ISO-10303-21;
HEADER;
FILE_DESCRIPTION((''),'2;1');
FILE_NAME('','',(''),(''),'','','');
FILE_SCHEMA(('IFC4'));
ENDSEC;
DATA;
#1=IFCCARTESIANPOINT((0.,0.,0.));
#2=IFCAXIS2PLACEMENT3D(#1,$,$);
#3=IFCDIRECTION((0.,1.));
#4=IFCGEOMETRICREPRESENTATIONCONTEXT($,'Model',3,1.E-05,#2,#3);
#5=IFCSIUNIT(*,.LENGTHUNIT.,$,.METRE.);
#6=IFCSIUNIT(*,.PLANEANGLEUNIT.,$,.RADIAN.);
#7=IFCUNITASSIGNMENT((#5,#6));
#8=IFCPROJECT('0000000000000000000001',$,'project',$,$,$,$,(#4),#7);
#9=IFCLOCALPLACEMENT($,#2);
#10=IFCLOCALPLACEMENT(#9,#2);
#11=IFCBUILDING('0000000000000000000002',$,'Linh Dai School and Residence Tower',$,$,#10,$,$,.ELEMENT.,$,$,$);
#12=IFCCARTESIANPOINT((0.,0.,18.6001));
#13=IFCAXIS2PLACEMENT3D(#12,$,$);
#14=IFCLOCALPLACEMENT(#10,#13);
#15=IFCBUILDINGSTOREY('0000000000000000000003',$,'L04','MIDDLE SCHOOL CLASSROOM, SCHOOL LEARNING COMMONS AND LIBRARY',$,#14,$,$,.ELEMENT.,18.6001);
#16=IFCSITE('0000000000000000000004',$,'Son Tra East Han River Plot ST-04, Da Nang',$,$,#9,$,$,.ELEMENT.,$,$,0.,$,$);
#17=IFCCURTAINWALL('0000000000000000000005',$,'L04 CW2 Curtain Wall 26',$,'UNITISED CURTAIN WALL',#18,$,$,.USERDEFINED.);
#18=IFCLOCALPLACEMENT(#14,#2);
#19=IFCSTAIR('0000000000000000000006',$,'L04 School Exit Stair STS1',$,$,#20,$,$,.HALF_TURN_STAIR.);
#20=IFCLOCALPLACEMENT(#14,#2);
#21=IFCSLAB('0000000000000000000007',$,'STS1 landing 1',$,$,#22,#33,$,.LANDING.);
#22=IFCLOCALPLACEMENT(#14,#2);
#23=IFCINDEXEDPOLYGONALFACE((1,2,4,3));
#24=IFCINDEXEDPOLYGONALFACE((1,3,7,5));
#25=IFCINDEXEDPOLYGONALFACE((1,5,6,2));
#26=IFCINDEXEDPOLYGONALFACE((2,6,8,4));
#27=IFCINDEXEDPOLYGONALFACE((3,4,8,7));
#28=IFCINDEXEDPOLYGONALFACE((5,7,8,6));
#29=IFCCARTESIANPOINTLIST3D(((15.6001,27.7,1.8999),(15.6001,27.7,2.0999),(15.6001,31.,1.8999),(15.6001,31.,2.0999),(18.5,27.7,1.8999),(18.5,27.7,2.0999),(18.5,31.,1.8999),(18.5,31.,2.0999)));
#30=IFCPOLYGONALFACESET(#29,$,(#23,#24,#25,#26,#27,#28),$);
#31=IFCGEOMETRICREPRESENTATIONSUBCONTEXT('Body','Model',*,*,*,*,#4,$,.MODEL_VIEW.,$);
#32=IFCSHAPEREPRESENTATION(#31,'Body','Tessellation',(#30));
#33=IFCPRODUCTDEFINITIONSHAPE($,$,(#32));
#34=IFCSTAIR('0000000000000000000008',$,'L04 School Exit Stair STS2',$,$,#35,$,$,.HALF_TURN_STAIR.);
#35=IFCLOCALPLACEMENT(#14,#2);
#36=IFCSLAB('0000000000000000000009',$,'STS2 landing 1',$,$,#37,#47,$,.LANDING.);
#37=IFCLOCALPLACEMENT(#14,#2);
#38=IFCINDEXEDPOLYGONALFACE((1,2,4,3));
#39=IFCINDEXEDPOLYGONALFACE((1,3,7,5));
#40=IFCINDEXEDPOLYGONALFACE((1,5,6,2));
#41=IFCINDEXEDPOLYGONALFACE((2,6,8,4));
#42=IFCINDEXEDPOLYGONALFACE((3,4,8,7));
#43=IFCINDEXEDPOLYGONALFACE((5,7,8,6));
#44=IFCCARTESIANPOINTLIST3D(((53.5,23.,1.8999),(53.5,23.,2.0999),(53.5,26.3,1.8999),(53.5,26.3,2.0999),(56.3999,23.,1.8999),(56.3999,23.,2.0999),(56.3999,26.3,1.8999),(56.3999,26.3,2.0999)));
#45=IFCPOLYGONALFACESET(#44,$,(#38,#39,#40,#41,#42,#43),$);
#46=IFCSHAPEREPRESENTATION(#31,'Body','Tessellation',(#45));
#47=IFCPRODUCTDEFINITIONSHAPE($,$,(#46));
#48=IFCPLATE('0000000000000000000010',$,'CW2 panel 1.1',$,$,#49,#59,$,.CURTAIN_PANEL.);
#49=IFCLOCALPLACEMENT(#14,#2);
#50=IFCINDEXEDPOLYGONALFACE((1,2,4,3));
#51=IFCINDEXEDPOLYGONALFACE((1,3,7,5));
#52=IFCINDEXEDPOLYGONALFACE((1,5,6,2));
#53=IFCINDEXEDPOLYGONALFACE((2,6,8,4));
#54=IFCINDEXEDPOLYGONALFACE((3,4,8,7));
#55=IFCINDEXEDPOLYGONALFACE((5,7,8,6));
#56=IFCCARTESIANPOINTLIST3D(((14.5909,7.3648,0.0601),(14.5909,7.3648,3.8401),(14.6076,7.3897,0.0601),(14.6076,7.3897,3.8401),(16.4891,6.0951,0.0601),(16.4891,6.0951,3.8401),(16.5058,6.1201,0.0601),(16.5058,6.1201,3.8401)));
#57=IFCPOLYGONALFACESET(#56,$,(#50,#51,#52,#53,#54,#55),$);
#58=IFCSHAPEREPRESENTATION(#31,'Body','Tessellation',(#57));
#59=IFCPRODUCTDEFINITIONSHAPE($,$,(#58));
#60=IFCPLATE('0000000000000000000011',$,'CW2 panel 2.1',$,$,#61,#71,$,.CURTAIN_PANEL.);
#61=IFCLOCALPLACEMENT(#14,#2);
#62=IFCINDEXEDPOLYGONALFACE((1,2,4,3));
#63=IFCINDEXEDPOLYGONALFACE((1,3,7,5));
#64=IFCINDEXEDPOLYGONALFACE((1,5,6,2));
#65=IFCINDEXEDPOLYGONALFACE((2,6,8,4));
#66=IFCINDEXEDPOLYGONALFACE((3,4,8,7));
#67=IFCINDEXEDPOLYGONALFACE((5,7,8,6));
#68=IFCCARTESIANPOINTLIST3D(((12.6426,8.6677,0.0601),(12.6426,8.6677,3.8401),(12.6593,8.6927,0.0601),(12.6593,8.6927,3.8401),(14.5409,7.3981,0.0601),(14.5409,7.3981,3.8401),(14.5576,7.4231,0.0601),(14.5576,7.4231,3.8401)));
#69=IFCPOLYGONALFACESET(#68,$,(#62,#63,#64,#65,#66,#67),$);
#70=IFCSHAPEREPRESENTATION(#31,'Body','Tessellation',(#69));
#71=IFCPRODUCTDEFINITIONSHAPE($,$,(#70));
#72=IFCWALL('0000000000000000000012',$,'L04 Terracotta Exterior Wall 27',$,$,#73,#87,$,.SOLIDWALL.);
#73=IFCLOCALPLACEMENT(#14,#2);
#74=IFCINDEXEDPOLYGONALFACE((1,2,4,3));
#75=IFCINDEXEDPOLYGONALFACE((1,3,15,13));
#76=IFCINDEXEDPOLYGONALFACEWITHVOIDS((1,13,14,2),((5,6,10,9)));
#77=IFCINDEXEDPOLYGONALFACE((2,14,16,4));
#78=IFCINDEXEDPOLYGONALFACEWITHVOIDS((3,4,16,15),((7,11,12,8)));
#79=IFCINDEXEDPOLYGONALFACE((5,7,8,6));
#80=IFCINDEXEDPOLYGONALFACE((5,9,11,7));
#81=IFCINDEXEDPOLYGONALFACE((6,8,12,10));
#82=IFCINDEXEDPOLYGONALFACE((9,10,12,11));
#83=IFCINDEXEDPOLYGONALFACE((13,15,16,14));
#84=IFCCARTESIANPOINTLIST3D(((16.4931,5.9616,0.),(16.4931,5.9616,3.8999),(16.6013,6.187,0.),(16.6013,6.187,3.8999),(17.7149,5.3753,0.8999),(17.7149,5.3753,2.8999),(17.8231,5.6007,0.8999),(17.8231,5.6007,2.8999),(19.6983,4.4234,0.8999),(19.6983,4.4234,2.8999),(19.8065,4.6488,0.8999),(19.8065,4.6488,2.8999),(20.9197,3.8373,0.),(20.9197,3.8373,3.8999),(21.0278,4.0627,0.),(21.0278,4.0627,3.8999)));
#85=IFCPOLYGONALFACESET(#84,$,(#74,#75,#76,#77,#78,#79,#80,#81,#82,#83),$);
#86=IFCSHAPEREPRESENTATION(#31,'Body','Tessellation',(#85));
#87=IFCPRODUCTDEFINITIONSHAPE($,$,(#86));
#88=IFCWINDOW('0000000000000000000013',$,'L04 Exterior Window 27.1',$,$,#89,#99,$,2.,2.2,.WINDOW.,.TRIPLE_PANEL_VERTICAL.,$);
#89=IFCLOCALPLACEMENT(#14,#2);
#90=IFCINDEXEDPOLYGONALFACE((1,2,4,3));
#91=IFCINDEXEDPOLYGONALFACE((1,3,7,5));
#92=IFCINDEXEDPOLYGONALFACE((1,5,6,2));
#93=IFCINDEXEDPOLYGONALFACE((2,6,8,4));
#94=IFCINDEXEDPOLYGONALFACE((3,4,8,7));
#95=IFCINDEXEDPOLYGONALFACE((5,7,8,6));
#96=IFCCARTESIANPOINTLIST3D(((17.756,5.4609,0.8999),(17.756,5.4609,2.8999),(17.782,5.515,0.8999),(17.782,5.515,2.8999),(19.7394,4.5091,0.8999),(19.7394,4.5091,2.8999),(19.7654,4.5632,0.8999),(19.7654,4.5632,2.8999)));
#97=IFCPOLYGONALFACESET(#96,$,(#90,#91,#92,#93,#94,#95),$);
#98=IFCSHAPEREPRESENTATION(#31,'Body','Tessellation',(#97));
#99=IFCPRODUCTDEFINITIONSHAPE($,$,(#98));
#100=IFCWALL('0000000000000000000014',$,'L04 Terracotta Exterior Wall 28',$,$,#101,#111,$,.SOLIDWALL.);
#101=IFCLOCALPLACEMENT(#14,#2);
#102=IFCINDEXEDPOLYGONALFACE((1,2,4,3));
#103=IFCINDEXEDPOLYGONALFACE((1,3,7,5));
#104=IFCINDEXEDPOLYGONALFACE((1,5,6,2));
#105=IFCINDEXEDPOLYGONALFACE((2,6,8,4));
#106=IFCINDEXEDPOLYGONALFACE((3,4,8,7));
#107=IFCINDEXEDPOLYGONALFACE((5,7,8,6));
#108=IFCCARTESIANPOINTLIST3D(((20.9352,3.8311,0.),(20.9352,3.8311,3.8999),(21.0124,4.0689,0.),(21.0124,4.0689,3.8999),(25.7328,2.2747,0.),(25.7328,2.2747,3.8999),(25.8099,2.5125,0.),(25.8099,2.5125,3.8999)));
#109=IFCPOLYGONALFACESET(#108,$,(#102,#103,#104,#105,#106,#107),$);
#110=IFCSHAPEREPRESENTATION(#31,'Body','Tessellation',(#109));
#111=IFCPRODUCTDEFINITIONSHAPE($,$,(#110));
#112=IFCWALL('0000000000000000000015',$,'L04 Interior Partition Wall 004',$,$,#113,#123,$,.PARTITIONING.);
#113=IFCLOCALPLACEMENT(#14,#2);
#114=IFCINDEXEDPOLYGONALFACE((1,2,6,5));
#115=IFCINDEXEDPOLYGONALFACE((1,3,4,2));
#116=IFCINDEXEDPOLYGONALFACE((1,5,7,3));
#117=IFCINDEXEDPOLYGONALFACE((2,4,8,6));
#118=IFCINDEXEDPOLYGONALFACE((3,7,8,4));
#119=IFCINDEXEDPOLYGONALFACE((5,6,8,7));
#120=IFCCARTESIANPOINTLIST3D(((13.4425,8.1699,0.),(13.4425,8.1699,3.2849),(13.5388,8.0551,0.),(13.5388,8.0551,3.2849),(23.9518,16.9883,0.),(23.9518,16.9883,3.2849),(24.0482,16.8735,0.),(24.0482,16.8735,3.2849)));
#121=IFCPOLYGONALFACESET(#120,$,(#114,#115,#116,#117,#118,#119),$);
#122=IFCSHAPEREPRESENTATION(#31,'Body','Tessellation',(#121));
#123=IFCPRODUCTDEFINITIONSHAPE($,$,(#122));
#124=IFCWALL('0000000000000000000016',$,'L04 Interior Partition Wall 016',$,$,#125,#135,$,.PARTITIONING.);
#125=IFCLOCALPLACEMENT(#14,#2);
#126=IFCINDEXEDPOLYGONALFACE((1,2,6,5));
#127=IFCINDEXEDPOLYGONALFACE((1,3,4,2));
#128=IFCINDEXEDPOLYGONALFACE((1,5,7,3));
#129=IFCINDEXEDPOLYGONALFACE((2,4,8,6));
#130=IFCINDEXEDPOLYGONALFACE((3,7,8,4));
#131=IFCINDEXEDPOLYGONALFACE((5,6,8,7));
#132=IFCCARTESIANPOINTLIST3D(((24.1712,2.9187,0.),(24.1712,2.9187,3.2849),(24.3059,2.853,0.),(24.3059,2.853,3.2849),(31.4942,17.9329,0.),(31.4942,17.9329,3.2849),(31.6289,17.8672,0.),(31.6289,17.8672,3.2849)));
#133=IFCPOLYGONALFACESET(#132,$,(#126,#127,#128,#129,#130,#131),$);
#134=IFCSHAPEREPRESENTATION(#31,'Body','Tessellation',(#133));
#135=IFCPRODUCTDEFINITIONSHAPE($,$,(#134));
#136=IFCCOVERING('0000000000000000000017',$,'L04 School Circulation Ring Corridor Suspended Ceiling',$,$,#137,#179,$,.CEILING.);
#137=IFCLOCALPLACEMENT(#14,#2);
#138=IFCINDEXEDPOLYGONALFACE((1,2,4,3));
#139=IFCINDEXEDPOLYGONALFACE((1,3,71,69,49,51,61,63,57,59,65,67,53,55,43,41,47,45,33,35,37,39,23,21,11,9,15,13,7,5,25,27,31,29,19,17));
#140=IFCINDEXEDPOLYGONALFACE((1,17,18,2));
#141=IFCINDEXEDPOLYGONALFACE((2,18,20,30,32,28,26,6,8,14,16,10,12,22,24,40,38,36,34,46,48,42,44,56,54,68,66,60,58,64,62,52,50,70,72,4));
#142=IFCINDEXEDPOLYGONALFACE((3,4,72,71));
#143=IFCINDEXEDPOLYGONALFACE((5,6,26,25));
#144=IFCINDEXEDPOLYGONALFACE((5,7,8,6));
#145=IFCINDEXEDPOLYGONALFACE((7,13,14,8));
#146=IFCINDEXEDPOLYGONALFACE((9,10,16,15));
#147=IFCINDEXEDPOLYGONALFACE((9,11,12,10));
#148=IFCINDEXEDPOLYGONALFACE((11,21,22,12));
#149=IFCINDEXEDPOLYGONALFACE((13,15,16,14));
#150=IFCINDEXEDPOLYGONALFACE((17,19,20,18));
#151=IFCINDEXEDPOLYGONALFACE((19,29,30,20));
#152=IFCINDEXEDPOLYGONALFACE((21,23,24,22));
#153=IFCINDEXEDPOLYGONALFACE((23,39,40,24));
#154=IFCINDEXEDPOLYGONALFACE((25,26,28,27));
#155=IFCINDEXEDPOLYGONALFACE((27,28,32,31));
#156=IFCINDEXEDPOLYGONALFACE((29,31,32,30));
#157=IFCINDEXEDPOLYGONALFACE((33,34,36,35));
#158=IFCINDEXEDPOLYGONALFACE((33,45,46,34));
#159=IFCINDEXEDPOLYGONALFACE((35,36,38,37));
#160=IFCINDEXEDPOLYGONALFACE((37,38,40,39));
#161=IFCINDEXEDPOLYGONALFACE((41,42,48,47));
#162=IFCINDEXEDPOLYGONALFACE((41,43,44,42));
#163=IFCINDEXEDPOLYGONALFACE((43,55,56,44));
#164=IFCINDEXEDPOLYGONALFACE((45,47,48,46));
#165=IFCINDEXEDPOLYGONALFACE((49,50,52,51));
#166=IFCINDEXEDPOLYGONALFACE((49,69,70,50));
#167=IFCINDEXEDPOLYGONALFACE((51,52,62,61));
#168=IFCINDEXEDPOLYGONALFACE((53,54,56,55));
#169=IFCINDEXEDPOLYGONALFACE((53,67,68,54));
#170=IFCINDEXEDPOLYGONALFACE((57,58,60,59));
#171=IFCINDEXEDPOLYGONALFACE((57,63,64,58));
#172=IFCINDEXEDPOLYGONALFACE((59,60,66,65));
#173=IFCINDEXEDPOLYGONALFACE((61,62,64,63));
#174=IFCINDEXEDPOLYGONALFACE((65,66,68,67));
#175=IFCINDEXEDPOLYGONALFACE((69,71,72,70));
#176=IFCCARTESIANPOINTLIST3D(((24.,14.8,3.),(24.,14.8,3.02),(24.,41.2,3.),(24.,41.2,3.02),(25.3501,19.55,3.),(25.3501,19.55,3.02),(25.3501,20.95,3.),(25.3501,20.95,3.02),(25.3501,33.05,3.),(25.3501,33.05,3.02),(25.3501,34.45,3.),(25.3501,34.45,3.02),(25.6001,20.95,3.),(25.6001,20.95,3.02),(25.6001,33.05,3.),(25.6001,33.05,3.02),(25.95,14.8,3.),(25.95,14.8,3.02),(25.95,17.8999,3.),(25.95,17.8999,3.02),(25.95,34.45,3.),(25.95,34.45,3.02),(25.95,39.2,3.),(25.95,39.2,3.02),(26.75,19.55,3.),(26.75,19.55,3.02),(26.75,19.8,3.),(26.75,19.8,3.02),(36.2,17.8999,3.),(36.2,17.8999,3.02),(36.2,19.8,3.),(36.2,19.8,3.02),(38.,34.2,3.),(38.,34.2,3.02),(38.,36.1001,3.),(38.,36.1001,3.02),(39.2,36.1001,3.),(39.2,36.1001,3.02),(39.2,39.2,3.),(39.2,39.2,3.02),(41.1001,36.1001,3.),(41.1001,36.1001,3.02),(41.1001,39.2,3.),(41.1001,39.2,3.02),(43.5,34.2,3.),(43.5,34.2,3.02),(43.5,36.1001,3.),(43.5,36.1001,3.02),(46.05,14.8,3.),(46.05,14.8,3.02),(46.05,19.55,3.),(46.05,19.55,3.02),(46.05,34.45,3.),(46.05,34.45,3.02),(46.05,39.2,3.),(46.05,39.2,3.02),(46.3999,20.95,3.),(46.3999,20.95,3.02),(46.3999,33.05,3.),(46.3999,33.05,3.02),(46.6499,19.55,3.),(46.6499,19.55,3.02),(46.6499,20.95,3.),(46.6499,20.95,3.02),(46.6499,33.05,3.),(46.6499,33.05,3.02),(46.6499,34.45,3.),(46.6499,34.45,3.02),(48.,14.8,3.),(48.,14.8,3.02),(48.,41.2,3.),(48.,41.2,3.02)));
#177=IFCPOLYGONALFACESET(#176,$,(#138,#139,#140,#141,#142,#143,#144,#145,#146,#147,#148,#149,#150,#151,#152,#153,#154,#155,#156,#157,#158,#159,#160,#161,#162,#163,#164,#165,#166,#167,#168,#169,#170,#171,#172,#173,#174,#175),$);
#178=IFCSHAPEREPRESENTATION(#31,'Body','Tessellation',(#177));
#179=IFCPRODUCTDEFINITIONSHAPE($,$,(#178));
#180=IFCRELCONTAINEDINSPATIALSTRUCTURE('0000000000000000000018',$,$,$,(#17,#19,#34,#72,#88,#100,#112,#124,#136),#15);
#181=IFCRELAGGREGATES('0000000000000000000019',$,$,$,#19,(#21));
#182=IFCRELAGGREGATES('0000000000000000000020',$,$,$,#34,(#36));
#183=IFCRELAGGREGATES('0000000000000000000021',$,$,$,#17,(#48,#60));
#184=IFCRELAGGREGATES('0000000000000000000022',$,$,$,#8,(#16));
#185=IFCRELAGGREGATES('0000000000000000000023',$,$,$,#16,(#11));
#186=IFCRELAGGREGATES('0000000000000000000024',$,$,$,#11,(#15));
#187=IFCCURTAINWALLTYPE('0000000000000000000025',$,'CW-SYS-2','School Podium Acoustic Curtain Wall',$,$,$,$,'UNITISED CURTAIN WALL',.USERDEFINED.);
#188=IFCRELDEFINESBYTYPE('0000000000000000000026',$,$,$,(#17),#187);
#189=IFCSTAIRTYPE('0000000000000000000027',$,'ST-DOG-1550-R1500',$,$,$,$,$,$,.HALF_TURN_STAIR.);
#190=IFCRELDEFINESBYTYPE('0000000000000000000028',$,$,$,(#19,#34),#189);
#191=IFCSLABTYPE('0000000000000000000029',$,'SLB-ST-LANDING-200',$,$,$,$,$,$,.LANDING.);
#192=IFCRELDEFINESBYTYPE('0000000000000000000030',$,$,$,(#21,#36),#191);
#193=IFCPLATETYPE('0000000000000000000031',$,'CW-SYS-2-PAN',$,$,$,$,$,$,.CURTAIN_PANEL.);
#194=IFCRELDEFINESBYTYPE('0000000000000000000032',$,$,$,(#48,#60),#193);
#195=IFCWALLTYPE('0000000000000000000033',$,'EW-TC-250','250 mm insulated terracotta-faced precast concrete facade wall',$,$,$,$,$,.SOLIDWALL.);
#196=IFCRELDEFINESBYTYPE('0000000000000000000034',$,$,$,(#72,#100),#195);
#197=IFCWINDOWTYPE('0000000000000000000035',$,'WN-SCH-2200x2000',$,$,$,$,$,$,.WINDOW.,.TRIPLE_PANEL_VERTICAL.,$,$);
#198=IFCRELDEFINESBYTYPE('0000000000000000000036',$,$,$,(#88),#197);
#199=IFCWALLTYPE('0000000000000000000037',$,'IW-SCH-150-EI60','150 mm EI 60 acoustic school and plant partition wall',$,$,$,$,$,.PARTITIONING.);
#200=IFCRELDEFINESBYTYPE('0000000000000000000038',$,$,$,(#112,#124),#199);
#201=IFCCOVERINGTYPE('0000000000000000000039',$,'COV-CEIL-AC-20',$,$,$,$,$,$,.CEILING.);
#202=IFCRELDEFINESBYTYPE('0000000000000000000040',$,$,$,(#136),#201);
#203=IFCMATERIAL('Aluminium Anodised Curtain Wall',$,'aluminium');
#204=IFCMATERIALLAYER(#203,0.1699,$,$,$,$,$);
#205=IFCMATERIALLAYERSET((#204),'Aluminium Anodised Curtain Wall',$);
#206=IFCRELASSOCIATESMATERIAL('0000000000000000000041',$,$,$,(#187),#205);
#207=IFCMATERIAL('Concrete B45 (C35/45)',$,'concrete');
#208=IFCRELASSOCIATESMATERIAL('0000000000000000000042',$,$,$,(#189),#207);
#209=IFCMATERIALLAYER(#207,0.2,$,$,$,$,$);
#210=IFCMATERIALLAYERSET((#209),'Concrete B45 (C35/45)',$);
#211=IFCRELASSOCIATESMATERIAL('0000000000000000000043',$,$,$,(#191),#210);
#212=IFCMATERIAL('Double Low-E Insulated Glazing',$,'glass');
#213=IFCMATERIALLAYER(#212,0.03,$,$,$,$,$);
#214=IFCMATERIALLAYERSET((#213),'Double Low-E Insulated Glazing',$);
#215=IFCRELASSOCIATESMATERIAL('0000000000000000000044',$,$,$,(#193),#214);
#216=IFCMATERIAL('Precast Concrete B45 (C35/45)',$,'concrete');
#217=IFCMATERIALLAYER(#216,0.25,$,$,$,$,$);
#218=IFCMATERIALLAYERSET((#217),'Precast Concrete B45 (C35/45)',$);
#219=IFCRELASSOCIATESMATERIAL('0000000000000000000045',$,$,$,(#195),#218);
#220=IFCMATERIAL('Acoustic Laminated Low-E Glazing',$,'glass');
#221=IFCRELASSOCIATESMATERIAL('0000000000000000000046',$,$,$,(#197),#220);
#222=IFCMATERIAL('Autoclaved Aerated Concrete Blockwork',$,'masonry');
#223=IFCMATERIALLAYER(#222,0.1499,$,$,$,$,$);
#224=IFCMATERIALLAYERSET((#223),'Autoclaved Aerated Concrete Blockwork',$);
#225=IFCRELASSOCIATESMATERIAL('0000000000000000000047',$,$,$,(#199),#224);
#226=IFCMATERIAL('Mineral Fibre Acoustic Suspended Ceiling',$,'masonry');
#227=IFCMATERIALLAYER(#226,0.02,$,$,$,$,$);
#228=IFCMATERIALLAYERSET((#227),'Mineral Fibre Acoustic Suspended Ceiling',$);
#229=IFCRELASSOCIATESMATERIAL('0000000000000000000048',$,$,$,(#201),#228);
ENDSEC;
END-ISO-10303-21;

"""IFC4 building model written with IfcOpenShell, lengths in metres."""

from ifc_helpers import new_model, si_unit, direction, frame, frame_2d, origin, origin_2d, place, context, subcontext, project, spatial, polyline, rectangle, outline, extrude, source, transform, mapped, material, layer, layer_set, type_object, element, fill, aggregate, save


model = new_model("IFC4")

# Units and contexts
model_context = context("Model", 3, precision=1e-05, world=origin(), true_north=direction((0.0, 1.0)))
body_context = subcontext(model_context, "Body", "Model", "MODEL_VIEW")
ifc_project = project(units=[si_unit("LENGTHUNIT", "METRE"), si_unit("PLANEANGLEUNIT", "RADIAN")], contexts=[model_context])

# Site, building, storey
site_placement = place(None, origin())
site = spatial("IfcSite", under=ifc_project, at=site_placement, Name="Son Tra East Han River Plot ST-04, Da Nang", CompositionType="ELEMENT", RefElevation=0.0)
building_placement = place(site_placement, origin())
building = spatial("IfcBuilding", under=site, at=building_placement, Name="Linh Dai School and Residence Tower", CompositionType="ELEMENT")
storey_placement = place(building_placement, frame((0.0, 0.0, 18.6001)))
storey = spatial("IfcBuildingStorey", under=building, at=storey_placement, Name="L04", Description="MIDDLE SCHOOL CLASSROOM, SCHOOL LEARNING COMMONS AND LIBRARY", CompositionType="ELEMENT", Elevation=18.6001)

# Curtain wall
ifc_material_1 = material(Name="Aluminium Anodised Curtain Wall", Category="aluminium")
ifc_layer_1 = layer(ifc_material_1, 0.1699)
ifc_layer_set_1 = layer_set([ifc_layer_1], Name="Aluminium Anodised Curtain Wall")
curtain_wall_type = type_object("IfcCurtainWallType", Name="CW-SYS-2", Description="School Podium Acoustic Curtain Wall", ElementType="UNITISED CURTAIN WALL", PredefinedType="USERDEFINED", material=ifc_layer_set_1)
curtain_wall_placement = place(storey_placement, origin())
curtain_wall = element("IfcCurtainWall", 1, at=curtain_wall_placement, inside=storey, type_object=curtain_wall_type, Name="L04 CW2 Curtain Wall 26", ObjectType="UNITISED CURTAIN WALL", PredefinedType="USERDEFINED")

# Shared definitions
ifc_material_2 = material(Name="Concrete B45 (C35/45)", Category="concrete")

# Stairs, slabs
stair_type = type_object("IfcStairType", Name="ST-DOG-1550-R1500", PredefinedType="HALF_TURN_STAIR", material=ifc_material_2)
ifc_layer_2 = layer(ifc_material_2, 0.2)
ifc_layer_set_2 = layer_set([ifc_layer_2], Name="Concrete B45 (C35/45)")
slab_type_1 = type_object("IfcSlabType", Name="SLB-ST-LANDING-200", PredefinedType="LANDING", material=ifc_layer_set_2)
stair_1_placement = place(storey_placement, origin())
stair_1 = element("IfcStair", 2, at=stair_1_placement, inside=storey, type_object=stair_type, Name="L04 School Exit Stair STS1", PredefinedType="HALF_TURN_STAIR")
slab_1_placement = place(storey_placement, frame((0.0, 0.0, 1.8999)))
slab_1 = element("IfcSlab", 3, at=slab_1_placement, type_object=slab_type_1, Name="STS1 landing 1", PredefinedType="LANDING", context=body_context, shape_type="SweptSolid", body=[
    extrude(outline(polyline([(18.5, 31.0), (15.6001, 31.0), (15.6001, 27.7), (18.5, 27.7), (18.5, 31.0)])), origin(), (0.0, 0.0, 1.0), 0.2),
])
aggregate(stair_1, [slab_1])
stair_2_placement = place(storey_placement, origin())
stair_2 = element("IfcStair", 4, at=stair_2_placement, inside=storey, type_object=stair_type, Name="L04 School Exit Stair STS2", PredefinedType="HALF_TURN_STAIR")
slab_2_placement = place(storey_placement, frame((0.0, 0.0, 1.8999)))
slab_2 = element("IfcSlab", 5, at=slab_2_placement, type_object=slab_type_1, Name="STS2 landing 1", PredefinedType="LANDING", context=body_context, shape_type="SweptSolid", body=[
    extrude(outline(polyline([(53.5, 23.0), (56.3999, 23.0), (56.3999, 26.3), (53.5, 26.3), (53.5, 23.0)])), origin(), (0.0, 0.0, 1.0), 0.2),
])
aggregate(stair_2, [slab_2])

# Plates
ifc_material_3 = material(Name="Double Low-E Insulated Glazing", Category="glass")
ifc_layer_3 = layer(ifc_material_3, 0.03)
ifc_layer_set_3 = layer_set([ifc_layer_3], Name="Double Low-E Insulated Glazing")
plate_type = type_object("IfcPlateType", Name="CW-SYS-2-PAN", PredefinedType="CURTAIN_PANEL", material=ifc_layer_set_3)
shared_shape_1 = source(origin(), body_context, "Body", "SweptSolid", [
    extrude(rectangle(XDim=2.2837, YDim=0.03, at=origin_2d()), origin(), (0.0, 0.0, 1.0), 3.78),
])
plate_1_placement = place(storey_placement, frame((15.5483, 6.7424, 0.0601), z_axis=(0.0, 0.0, 1.0), x_axis=(-0.831211, 0.555957, 0.0)))
plate_1 = element("IfcPlate", 6, at=plate_1_placement, type_object=plate_type, Name="CW2 panel 1.1", PredefinedType="CURTAIN_PANEL", context=body_context, shape_type="MappedRepresentation", body=[
    mapped(shared_shape_1, transform((0.0, 0.0, 0.0), x_axis=(1.0, 0.0, 0.0), y_axis=(0.0, 1.0, 0.0), z_axis=(0.0, 0.0, 1.0), scale=1.0)),
])
plate_2_placement = place(storey_placement, frame((13.6001, 8.0454, 0.0601), z_axis=(0.0, 0.0, 1.0), x_axis=(-0.831211, 0.555957, 0.0)))
plate_2 = element("IfcPlate", 7, at=plate_2_placement, type_object=plate_type, Name="CW2 panel 2.1", PredefinedType="CURTAIN_PANEL", context=body_context, shape_type="MappedRepresentation", body=[
    mapped(shared_shape_1, transform((0.0, 0.0, 0.0), x_axis=(1.0, 0.0, 0.0), y_axis=(0.0, 1.0, 0.0), z_axis=(0.0, 0.0, 1.0), scale=1.0)),
])
aggregate(curtain_wall, [plate_1, plate_2])

# Wall, opening, window
ifc_material_4 = material(Name="Precast Concrete B45 (C35/45)", Category="concrete")
ifc_layer_4 = layer(ifc_material_4, 0.25)
ifc_layer_set_4 = layer_set([ifc_layer_4], Name="Precast Concrete B45 (C35/45)")
wall_type_1 = type_object("IfcWallType", Name="EW-TC-250", Description="250 mm insulated terracotta-faced precast concrete facade wall", PredefinedType="SOLIDWALL", material=ifc_layer_set_4)
wall_1_placement = place(storey_placement, frame((20.9739, 3.95, 0.0), z_axis=(0.0, 0.0, 1.0), x_axis=(-0.90156, 0.432655, 0.0)))
wall_1 = element("IfcWall", 8, at=wall_1_placement, inside=storey, type_object=wall_type_1, Name="L04 Terracotta Exterior Wall 27", PredefinedType="SOLIDWALL", context=body_context, shape_type="SweptSolid", body=[
    extrude(rectangle(XDim=4.9099, YDim=0.25, at=frame_2d((2.4551, 0.0))), origin(), (0.0, 0.0, 1.0), 3.8999),
])
opening_placement = place(wall_1_placement, frame((1.3547, 0.0, 0.8999)))
opening = element("IfcOpeningElement", 9, at=opening_placement, cuts=wall_1, PredefinedType="OPENING", context=body_context, shape_type="SweptSolid", body=[
    extrude(rectangle(XDim=2.2, YDim=2.0, at=origin_2d()), frame((1.1001, 0.135, 1.0), z_axis=(0.0, -1.0, 0.0), x_axis=(1.0, 0.0, 0.0)), (0.0, 0.0, 1.0), 0.27),
])
ifc_material_5 = material(Name="Acoustic Laminated Low-E Glazing", Category="glass")
window_type = type_object("IfcWindowType", Name="WN-SCH-2200x2000", PartitioningType="TRIPLE_PANEL_VERTICAL", PredefinedType="WINDOW", material=ifc_material_5)
shared_shape_2 = source(origin(), body_context, "Body", "SweptSolid", [
    extrude(rectangle(XDim=2.2, YDim=2.0, at=origin_2d()), frame((1.1001, 0.03, 1.0), z_axis=(0.0, -1.0, 0.0), x_axis=(1.0, 0.0, 0.0)), (0.0, 0.0, 1.0), 0.0601),
])
window_placement = place(opening_placement, origin())
window = element("IfcWindow", 10, at=window_placement, inside=storey, type_object=window_type, Name="L04 Exterior Window 27.1", OverallHeight=2.0, OverallWidth=2.2, PartitioningType="TRIPLE_PANEL_VERTICAL", PredefinedType="WINDOW", context=body_context, shape_type="MappedRepresentation", body=[
    mapped(shared_shape_2, transform((0.0, 0.0, 0.0), x_axis=(1.0, 0.0, 0.0), y_axis=(0.0, 1.0, 0.0), z_axis=(0.0, 0.0, 1.0), scale=1.0)),
])
fill(opening, window)

# Walls
wall_2_placement = place(storey_placement, frame((25.7715, 2.3936, 0.0), z_axis=(0.0, 0.0, 1.0), x_axis=(-0.951199, 0.308579, 0.0)))
element("IfcWall", 11, at=wall_2_placement, inside=storey, type_object=wall_type_1, Name="L04 Terracotta Exterior Wall 28", PredefinedType="SOLIDWALL", context=body_context, shape_type="SweptSolid", body=[
    extrude(rectangle(XDim=5.0437, YDim=0.25, at=frame_2d((2.522, 0.0))), origin(), (0.0, 0.0, 1.0), 3.8999),
])
ifc_material_6 = material(Name="Autoclaved Aerated Concrete Blockwork", Category="masonry")
ifc_layer_5 = layer(ifc_material_6, 0.1499)
ifc_layer_set_5 = layer_set([ifc_layer_5], Name="Autoclaved Aerated Concrete Blockwork")
wall_type_2 = type_object("IfcWallType", Name="IW-SCH-150-EI60", Description="150 mm EI 60 acoustic school and plant partition wall", PredefinedType="PARTITIONING", material=ifc_layer_set_5)
wall_3_placement = place(storey_placement, frame((13.4907, 8.1125, 0.0), z_axis=(0.0, 0.0, 1.0), x_axis=(0.766043, 0.642789, 0.0)))
element("IfcWall", 12, at=wall_3_placement, inside=storey, type_object=wall_type_2, Name="L04 Interior Partition Wall 004", PredefinedType="PARTITIONING", context=body_context, shape_type="SweptSolid", body=[
    extrude(rectangle(XDim=13.719, YDim=0.1499, at=frame_2d((6.8594, 0.0))), origin(), (0.0, 0.0, 1.0), 3.2849),
])
wall_4_placement = place(storey_placement, frame((24.2385, 2.8857, 0.0), z_axis=(0.0, 0.0, 1.0), x_axis=(0.438376, 0.898792, 0.0)))
element("IfcWall", 13, at=wall_4_placement, inside=storey, type_object=wall_type_2, Name="L04 Interior Partition Wall 016", PredefinedType="PARTITIONING", context=body_context, shape_type="SweptSolid", body=[
    extrude(rectangle(XDim=16.7048, YDim=0.1499, at=frame_2d((8.3525, 0.0))), origin(), (0.0, 0.0, 1.0), 3.2849),
])

# Covering
ifc_material_7 = material(Name="Mineral Fibre Acoustic Suspended Ceiling", Category="masonry")
ifc_layer_6 = layer(ifc_material_7, 0.02)
ifc_layer_set_6 = layer_set([ifc_layer_6], Name="Mineral Fibre Acoustic Suspended Ceiling")
covering_type_1 = type_object("IfcCoveringType", Name="COV-CEIL-AC-20", PredefinedType="CEILING", material=ifc_layer_set_6)
covering_1_placement = place(storey_placement, frame((0.0, 0.0, 3.0)))
element("IfcCovering", 14, at=covering_1_placement, inside=storey, type_object=covering_type_1, Name="L04 School Circulation Ring Corridor Suspended Ceiling", PredefinedType="CEILING", context=body_context, shape_type="SweptSolid", body=[
    extrude(outline(polyline([(24.0, 41.2), (48.0, 41.2), (48.0, 14.8), (46.05, 14.8), (46.05, 19.55), (46.6499, 19.55), (46.6499, 20.95), (46.3999, 20.95), (46.3999, 33.05), (46.6499, 33.05), (46.6499, 34.45), (46.05, 34.45), (46.05, 39.2), (41.1001, 39.2), (41.1001, 36.1001), (43.5, 36.1001), (43.5, 34.2), (38.0, 34.2), (38.0, 36.1001), (39.2, 36.1001), (39.2, 39.2), (25.95, 39.2), (25.95, 34.45), (25.3501, 34.45), (25.3501, 33.05), (25.6001, 33.05), (25.6001, 20.95), (25.3501, 20.95), (25.3501, 19.55), (26.75, 19.55), (26.75, 19.8), (36.2, 19.8), (36.2, 17.8999), (25.95, 17.8999), (25.95, 14.8), (24.0, 14.8), (24.0, 41.2)])), origin(), (0.0, 0.0, 1.0), 0.02),
])

save(model, "model.ifc")
